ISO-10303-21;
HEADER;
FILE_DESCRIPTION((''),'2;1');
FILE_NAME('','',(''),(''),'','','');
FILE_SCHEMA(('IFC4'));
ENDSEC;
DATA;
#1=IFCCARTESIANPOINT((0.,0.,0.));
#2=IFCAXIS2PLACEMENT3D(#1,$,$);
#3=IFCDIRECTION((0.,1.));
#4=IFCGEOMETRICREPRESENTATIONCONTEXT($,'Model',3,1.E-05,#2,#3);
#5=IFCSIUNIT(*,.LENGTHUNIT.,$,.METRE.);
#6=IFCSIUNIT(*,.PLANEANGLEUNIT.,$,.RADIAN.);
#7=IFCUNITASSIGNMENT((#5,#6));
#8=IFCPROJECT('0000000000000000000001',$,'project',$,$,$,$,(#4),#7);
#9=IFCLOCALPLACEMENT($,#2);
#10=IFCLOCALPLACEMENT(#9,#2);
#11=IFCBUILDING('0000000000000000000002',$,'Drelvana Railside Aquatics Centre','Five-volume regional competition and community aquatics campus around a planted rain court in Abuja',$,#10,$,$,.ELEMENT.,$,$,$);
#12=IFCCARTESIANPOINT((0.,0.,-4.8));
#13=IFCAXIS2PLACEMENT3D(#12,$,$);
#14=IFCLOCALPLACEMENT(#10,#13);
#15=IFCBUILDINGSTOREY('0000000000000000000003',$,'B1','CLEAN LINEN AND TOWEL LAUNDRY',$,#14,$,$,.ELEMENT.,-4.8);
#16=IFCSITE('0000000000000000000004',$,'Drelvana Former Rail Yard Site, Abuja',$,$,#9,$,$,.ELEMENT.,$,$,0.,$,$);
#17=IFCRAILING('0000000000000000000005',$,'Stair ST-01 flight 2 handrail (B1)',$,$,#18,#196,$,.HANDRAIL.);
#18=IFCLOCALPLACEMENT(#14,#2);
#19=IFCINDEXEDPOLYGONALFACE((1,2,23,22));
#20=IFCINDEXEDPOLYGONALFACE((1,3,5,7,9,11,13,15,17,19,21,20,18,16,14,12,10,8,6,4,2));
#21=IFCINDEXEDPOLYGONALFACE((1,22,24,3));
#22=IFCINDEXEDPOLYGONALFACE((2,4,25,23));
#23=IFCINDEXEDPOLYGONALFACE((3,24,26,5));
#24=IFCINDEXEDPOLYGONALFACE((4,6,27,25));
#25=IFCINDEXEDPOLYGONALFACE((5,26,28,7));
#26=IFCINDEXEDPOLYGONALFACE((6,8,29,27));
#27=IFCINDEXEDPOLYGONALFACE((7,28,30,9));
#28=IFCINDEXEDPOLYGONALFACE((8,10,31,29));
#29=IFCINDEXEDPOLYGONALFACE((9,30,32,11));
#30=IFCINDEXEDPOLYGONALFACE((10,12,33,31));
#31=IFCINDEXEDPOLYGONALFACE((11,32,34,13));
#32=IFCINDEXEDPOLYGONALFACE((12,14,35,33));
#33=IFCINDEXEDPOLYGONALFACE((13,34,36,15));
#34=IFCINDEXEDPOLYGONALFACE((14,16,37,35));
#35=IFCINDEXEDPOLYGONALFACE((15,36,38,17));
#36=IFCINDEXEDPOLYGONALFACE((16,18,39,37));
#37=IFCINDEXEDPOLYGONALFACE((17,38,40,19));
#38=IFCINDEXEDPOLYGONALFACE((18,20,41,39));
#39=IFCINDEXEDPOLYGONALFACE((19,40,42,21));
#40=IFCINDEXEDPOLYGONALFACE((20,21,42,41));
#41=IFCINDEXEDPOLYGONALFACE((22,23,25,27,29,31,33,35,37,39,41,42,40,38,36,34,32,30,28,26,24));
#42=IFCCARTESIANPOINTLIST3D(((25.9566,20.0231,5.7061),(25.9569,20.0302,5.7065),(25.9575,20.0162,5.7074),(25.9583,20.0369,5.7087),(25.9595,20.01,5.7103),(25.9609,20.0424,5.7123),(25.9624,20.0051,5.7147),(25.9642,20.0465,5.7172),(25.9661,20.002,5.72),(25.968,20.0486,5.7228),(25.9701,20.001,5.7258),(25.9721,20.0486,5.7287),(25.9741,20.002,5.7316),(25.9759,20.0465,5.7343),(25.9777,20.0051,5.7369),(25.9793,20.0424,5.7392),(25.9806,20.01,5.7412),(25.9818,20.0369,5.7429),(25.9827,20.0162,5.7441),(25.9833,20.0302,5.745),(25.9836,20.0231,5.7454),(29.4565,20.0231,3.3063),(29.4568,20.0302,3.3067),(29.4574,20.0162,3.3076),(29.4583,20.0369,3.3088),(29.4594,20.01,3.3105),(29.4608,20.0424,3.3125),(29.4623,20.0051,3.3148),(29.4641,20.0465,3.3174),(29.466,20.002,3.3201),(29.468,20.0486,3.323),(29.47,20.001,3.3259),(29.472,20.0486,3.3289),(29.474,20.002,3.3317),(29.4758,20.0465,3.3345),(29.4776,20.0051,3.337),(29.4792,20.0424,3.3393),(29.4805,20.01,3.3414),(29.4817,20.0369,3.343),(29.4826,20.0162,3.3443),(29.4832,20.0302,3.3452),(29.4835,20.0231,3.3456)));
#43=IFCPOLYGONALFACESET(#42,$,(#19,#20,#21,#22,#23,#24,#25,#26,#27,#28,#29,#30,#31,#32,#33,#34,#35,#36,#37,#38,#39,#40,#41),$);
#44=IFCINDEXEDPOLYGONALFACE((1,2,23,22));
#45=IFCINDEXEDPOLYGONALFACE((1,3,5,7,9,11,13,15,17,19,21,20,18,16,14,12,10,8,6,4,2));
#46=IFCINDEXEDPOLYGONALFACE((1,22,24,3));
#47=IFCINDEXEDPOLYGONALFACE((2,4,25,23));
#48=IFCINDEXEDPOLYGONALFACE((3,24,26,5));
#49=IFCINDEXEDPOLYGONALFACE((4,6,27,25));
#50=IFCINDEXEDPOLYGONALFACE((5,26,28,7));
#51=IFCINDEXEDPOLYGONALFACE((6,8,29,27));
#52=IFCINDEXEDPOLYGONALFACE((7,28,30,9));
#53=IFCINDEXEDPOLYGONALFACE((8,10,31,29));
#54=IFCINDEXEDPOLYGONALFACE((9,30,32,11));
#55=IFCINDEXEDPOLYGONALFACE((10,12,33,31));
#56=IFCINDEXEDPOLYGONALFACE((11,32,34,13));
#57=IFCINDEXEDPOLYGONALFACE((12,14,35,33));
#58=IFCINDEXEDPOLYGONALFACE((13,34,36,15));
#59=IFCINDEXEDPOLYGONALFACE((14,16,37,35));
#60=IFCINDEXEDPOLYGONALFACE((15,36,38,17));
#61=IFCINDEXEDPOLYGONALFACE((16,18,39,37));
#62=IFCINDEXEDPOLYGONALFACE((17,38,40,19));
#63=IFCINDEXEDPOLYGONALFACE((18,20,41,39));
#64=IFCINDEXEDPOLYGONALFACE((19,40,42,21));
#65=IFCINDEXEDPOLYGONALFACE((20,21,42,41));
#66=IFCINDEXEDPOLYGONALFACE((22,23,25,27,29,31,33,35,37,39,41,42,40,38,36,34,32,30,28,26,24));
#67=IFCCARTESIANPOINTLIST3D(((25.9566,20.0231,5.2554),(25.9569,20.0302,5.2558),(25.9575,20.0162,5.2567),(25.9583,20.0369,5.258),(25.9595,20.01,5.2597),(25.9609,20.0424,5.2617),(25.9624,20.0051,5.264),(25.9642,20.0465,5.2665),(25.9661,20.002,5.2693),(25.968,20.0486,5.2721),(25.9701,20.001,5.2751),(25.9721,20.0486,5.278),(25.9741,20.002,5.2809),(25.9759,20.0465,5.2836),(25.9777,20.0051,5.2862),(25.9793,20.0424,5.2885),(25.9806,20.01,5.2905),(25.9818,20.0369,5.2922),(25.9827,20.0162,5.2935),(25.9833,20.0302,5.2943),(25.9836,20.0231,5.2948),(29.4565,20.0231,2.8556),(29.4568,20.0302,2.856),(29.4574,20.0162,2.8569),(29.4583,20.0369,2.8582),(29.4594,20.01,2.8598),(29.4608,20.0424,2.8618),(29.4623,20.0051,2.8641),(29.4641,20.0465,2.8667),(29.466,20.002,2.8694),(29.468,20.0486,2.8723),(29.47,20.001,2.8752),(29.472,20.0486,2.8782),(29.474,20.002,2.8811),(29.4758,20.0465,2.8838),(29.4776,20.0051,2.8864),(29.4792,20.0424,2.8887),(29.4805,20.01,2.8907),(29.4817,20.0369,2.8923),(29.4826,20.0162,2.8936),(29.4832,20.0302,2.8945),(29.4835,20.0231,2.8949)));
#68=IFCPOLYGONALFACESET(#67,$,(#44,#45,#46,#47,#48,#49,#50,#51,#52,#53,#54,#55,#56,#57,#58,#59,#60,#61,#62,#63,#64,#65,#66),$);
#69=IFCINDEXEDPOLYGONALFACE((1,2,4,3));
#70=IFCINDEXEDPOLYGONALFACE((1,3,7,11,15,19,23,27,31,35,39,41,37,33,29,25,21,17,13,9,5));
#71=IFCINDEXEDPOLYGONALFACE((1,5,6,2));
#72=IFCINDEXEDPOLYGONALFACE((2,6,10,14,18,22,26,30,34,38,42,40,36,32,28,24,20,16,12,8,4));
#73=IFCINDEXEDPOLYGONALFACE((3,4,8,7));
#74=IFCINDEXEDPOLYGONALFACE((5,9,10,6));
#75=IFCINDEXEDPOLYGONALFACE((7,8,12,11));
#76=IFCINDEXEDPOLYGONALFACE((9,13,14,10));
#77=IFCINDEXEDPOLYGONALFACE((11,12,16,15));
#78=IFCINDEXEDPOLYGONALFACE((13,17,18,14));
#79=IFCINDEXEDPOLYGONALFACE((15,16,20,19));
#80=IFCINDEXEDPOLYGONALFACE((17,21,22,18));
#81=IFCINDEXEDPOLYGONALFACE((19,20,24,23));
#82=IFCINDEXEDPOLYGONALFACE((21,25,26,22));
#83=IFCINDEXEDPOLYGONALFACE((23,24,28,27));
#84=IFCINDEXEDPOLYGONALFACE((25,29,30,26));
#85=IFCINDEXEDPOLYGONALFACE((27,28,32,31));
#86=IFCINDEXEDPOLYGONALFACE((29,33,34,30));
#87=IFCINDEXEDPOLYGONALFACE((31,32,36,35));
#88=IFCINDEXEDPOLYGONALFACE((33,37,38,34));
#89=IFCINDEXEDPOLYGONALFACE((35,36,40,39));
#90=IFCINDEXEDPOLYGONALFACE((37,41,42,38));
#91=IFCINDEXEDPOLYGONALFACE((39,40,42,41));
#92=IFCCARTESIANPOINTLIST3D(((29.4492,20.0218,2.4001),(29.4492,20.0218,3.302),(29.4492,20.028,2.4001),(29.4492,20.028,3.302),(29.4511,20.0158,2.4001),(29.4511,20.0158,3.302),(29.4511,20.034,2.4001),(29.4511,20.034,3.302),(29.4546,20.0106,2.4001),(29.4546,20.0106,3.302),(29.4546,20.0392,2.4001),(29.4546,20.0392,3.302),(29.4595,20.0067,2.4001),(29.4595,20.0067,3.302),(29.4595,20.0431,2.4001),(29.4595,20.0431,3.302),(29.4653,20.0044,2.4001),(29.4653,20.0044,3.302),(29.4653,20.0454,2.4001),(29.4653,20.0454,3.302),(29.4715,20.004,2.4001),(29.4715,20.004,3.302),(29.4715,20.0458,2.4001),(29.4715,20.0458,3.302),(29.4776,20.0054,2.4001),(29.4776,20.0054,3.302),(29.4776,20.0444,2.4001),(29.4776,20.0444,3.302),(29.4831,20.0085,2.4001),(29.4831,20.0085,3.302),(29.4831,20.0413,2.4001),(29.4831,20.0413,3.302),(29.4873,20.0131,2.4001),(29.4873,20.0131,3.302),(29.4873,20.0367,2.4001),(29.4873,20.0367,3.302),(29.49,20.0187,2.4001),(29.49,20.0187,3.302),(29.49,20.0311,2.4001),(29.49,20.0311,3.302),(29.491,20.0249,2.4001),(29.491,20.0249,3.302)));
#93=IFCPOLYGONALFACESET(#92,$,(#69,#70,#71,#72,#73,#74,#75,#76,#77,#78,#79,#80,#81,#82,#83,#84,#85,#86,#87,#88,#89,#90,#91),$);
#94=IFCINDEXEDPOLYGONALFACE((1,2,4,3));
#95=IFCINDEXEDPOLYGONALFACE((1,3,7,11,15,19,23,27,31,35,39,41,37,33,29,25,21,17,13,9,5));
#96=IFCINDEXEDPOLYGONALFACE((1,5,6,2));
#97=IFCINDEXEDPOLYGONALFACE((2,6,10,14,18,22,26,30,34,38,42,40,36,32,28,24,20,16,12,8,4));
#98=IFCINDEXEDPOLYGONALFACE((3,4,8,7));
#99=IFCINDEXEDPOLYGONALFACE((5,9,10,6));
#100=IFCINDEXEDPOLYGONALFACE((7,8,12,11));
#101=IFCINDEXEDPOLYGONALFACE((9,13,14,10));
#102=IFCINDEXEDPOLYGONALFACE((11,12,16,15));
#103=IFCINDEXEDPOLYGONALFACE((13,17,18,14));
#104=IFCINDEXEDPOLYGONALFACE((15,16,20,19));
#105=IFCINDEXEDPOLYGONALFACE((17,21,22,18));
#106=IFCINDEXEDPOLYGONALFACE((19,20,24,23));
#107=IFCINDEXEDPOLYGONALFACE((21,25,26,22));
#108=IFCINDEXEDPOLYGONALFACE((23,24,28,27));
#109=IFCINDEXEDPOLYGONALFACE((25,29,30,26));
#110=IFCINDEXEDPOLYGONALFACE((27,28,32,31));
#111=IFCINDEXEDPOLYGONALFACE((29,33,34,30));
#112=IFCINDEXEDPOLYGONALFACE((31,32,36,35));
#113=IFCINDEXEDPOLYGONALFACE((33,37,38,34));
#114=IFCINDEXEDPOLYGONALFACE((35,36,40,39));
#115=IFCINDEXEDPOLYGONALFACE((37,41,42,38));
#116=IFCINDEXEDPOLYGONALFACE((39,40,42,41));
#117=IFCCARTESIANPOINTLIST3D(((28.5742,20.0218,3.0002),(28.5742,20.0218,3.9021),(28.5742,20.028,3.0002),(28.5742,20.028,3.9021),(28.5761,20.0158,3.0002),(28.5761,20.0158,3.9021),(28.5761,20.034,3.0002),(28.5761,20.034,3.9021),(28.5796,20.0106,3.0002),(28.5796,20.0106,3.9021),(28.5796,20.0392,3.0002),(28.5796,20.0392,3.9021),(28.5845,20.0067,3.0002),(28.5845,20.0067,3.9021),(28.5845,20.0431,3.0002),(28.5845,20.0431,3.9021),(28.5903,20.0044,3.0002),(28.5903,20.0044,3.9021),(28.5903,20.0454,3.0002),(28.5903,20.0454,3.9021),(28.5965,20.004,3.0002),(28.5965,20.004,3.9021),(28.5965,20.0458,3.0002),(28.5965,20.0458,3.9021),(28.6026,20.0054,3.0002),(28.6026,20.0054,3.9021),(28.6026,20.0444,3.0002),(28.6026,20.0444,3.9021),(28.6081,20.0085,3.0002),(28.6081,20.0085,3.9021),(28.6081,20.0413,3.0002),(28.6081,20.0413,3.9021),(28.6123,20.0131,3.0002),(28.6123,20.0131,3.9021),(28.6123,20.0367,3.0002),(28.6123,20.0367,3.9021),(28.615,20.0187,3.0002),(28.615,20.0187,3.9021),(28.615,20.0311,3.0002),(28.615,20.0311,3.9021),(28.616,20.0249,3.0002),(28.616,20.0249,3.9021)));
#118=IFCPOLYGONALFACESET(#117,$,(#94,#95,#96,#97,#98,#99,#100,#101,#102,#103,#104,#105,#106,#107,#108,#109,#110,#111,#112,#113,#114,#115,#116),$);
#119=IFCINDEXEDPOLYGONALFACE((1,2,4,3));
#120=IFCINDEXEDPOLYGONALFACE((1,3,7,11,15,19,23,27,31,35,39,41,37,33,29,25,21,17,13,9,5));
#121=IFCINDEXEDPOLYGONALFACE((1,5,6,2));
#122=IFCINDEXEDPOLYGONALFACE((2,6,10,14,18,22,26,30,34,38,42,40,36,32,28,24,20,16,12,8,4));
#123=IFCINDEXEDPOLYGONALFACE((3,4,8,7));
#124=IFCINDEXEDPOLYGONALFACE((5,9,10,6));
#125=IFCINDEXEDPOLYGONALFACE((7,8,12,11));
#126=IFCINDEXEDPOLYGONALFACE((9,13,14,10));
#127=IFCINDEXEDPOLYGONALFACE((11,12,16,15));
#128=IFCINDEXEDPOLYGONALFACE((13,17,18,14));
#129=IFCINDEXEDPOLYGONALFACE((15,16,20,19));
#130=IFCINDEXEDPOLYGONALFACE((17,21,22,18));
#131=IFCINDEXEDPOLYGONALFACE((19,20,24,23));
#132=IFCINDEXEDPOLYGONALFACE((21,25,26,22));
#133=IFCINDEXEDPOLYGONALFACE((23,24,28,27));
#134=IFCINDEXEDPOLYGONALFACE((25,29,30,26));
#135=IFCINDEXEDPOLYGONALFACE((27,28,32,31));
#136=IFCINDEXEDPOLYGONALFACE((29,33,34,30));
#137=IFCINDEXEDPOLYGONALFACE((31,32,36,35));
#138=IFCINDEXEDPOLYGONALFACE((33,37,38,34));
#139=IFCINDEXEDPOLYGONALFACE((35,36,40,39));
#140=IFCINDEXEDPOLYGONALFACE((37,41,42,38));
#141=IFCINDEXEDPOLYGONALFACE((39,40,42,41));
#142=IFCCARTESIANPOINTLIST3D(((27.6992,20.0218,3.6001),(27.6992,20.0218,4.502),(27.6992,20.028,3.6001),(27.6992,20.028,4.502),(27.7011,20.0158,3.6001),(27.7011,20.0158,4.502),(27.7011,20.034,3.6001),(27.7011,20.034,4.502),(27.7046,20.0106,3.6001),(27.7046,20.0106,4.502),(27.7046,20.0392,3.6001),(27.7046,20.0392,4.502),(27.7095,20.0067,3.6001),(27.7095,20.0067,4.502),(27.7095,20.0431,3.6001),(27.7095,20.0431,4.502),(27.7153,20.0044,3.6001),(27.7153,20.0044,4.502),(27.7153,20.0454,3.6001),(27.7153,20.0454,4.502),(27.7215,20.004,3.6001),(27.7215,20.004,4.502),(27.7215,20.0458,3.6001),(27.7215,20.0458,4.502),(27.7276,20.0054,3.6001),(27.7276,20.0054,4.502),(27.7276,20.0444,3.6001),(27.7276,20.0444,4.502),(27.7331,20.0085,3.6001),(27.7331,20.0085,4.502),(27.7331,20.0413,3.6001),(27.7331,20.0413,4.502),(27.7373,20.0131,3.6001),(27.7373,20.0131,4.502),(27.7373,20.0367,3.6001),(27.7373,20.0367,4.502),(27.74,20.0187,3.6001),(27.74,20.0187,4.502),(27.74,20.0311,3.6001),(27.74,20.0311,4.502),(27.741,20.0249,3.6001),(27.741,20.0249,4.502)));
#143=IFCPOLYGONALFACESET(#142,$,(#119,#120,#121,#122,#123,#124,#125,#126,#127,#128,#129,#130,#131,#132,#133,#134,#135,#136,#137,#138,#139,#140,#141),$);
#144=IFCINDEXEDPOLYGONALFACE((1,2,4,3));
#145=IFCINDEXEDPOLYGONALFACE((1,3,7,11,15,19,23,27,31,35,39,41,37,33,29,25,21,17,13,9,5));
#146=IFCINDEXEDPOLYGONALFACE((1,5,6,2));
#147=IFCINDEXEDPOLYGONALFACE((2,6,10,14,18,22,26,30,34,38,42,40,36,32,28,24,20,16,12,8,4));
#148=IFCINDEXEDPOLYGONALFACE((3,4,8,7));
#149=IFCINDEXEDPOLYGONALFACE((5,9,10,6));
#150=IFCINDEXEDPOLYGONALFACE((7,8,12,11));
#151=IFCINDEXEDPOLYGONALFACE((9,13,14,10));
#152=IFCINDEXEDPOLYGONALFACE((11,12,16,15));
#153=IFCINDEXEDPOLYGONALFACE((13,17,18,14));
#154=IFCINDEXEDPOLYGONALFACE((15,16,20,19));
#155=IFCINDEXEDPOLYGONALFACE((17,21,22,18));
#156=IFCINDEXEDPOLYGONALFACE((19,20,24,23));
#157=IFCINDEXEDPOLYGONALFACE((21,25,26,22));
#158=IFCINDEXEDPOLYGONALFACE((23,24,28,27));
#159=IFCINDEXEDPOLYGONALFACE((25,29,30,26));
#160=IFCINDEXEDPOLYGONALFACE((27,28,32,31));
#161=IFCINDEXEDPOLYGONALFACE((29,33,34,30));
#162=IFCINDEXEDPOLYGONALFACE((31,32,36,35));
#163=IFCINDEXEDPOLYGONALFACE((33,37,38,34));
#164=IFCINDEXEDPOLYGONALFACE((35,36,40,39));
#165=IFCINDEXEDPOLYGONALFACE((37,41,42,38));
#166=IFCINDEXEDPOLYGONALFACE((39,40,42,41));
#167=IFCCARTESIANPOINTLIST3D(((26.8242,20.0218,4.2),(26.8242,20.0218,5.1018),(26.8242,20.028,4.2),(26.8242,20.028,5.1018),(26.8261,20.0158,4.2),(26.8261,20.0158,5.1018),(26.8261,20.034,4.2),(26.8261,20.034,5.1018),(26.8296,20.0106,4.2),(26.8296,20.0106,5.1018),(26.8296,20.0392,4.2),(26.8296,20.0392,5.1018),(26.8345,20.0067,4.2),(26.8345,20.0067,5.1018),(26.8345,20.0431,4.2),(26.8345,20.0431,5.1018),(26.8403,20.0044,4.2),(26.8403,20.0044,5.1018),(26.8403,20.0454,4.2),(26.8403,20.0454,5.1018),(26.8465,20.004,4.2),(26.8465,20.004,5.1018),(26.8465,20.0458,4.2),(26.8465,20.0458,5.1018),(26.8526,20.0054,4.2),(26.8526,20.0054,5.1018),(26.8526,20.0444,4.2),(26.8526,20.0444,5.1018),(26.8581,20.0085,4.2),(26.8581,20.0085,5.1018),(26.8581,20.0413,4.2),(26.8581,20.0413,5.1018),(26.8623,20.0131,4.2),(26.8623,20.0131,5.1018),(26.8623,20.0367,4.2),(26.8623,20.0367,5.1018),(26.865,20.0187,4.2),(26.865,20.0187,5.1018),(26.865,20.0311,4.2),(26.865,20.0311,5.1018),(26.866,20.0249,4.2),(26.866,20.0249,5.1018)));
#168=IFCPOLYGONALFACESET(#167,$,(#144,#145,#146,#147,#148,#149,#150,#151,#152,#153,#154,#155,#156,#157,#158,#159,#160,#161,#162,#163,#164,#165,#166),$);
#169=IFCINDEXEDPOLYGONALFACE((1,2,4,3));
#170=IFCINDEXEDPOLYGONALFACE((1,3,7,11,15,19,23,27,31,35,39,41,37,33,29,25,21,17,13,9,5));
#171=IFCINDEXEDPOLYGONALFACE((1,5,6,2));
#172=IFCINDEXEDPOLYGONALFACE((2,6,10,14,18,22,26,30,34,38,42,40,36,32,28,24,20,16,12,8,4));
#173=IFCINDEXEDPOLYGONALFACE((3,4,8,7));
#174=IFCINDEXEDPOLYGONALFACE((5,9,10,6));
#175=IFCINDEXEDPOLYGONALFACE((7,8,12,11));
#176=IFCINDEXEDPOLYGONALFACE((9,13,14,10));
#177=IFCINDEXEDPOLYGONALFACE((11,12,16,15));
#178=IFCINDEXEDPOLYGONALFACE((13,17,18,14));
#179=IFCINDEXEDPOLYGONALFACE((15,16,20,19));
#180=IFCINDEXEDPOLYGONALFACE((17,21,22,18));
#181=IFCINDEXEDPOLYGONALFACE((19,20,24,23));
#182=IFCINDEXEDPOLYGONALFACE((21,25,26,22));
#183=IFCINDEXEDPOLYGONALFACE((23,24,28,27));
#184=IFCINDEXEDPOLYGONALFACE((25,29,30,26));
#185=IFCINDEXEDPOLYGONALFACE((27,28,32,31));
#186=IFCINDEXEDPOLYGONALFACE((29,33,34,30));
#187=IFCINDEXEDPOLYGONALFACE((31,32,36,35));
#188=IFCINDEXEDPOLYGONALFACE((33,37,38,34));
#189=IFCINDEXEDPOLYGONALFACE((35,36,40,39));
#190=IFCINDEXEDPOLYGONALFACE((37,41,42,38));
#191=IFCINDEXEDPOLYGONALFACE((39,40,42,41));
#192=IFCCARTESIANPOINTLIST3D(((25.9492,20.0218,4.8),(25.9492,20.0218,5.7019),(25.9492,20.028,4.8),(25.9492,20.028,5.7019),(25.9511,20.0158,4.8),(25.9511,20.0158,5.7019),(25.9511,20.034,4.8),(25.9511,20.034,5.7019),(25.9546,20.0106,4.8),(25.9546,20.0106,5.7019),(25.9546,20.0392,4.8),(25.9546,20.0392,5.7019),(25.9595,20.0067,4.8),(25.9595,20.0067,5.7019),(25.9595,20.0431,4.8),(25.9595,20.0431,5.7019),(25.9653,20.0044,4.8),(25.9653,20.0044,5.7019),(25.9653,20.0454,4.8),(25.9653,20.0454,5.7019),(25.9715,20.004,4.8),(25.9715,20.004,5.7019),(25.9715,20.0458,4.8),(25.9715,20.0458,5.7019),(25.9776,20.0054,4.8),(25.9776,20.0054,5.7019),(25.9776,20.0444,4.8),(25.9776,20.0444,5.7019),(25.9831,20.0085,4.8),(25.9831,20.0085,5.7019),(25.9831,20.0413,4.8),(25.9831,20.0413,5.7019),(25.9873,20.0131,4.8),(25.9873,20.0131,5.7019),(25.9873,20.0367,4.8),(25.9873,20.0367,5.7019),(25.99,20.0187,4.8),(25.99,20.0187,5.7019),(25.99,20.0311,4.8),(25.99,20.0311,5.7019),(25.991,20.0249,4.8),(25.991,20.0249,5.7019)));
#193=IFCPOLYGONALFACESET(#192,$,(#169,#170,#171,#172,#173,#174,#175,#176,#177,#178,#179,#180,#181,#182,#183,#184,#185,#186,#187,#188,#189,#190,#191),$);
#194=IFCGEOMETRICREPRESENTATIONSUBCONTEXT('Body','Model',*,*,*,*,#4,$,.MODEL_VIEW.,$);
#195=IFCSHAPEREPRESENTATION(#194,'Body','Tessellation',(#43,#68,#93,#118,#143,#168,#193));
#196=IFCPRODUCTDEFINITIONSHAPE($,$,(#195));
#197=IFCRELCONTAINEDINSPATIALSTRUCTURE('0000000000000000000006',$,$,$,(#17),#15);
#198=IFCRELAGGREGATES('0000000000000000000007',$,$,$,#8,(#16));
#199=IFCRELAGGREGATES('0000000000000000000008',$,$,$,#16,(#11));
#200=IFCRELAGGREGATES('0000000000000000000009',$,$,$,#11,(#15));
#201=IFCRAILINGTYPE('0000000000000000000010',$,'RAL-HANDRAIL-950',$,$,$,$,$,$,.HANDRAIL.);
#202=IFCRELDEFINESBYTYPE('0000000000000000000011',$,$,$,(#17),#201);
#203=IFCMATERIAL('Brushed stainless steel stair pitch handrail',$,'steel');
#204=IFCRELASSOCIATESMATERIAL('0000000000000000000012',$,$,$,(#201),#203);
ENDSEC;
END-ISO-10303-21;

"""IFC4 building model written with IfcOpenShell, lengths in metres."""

from ifc_helpers import new_model, si_unit, direction, frame, origin, origin_2d, place, context, subcontext, project, spatial, circle, extrude, material, type_object, element, save


model = new_model("IFC4")

# Units and contexts
model_context = context("Model", 3, precision=1e-05, world=origin(), true_north=direction((0.0, 1.0)))
body_context = subcontext(model_context, "Body", "Model", "MODEL_VIEW")
ifc_project = project(units=[si_unit("LENGTHUNIT", "METRE"), si_unit("PLANEANGLEUNIT", "RADIAN")], contexts=[model_context])

# Site, building, storey
site_placement = place(None, origin())
site = spatial("IfcSite", under=ifc_project, at=site_placement, Name="Drelvana Former Rail Yard Site, Abuja", CompositionType="ELEMENT", RefElevation=0.0)
building_placement = place(site_placement, origin())
building = spatial("IfcBuilding", under=site, at=building_placement, Name="Drelvana Railside Aquatics Centre", Description="Five-volume regional competition and community aquatics campus around a planted rain court in Abuja", CompositionType="ELEMENT")
storey_placement = place(building_placement, frame((0.0, 0.0, -4.8)))
storey = spatial("IfcBuildingStorey", under=building, at=storey_placement, Name="B1", Description="CLEAN LINEN AND TOWEL LAUNDRY", CompositionType="ELEMENT", Elevation=-4.8)

# Railing
ifc_material_1 = material(Name="Brushed stainless steel stair pitch handrail", Category="steel")
railing_type = type_object("IfcRailingType", Name="RAL-HANDRAIL-950", PredefinedType="HANDRAIL", material=ifc_material_1)
railing_1_placement = place(storey_placement, frame((29.47, 20.0249, 2.4001)))
element("IfcRailing", 1, at=railing_1_placement, inside=storey, type_object=railing_type, Name="Stair ST-01 flight 2 handrail (B1)", PredefinedType="HANDRAIL", context=body_context, shape_type="SweptSolid", body=[
    extrude(circle(Radius=0.0239, at=origin_2d()), frame((0.0, 0.0, 0.9258), z_axis=(-0.82474, 0.0, 0.565513), x_axis=(0.0, -1.0, 0.0)), (0.0, 0.0, 1.0), 4.2437),
    extrude(circle(Radius=0.0239, at=origin_2d()), frame((0.0, 0.0, 0.4751), z_axis=(-0.82474, 0.0, 0.565513), x_axis=(0.0, -1.0, 0.0)), (0.0, 0.0, 1.0), 4.2437),
    extrude(circle(Radius=0.021, at=origin_2d()), origin(), (0.0, 0.0, 1.0), 0.9019),
    extrude(circle(Radius=0.021, at=origin_2d()), frame((-0.875, 0.0, 0.6001)), (0.0, 0.0, 1.0), 0.9019),
    extrude(circle(Radius=0.021, at=origin_2d()), frame((-1.75, 0.0, 1.2)), (0.0, 0.0, 1.0), 0.9019),
    extrude(circle(Radius=0.021, at=origin_2d()), frame((-2.625, 0.0, 1.7998)), (0.0, 0.0, 1.0), 0.9019),
    extrude(circle(Radius=0.021, at=origin_2d()), frame((-3.5, 0.0, 2.3999)), (0.0, 0.0, 1.0), 0.9019),
])

save(model, "model.ifc")
